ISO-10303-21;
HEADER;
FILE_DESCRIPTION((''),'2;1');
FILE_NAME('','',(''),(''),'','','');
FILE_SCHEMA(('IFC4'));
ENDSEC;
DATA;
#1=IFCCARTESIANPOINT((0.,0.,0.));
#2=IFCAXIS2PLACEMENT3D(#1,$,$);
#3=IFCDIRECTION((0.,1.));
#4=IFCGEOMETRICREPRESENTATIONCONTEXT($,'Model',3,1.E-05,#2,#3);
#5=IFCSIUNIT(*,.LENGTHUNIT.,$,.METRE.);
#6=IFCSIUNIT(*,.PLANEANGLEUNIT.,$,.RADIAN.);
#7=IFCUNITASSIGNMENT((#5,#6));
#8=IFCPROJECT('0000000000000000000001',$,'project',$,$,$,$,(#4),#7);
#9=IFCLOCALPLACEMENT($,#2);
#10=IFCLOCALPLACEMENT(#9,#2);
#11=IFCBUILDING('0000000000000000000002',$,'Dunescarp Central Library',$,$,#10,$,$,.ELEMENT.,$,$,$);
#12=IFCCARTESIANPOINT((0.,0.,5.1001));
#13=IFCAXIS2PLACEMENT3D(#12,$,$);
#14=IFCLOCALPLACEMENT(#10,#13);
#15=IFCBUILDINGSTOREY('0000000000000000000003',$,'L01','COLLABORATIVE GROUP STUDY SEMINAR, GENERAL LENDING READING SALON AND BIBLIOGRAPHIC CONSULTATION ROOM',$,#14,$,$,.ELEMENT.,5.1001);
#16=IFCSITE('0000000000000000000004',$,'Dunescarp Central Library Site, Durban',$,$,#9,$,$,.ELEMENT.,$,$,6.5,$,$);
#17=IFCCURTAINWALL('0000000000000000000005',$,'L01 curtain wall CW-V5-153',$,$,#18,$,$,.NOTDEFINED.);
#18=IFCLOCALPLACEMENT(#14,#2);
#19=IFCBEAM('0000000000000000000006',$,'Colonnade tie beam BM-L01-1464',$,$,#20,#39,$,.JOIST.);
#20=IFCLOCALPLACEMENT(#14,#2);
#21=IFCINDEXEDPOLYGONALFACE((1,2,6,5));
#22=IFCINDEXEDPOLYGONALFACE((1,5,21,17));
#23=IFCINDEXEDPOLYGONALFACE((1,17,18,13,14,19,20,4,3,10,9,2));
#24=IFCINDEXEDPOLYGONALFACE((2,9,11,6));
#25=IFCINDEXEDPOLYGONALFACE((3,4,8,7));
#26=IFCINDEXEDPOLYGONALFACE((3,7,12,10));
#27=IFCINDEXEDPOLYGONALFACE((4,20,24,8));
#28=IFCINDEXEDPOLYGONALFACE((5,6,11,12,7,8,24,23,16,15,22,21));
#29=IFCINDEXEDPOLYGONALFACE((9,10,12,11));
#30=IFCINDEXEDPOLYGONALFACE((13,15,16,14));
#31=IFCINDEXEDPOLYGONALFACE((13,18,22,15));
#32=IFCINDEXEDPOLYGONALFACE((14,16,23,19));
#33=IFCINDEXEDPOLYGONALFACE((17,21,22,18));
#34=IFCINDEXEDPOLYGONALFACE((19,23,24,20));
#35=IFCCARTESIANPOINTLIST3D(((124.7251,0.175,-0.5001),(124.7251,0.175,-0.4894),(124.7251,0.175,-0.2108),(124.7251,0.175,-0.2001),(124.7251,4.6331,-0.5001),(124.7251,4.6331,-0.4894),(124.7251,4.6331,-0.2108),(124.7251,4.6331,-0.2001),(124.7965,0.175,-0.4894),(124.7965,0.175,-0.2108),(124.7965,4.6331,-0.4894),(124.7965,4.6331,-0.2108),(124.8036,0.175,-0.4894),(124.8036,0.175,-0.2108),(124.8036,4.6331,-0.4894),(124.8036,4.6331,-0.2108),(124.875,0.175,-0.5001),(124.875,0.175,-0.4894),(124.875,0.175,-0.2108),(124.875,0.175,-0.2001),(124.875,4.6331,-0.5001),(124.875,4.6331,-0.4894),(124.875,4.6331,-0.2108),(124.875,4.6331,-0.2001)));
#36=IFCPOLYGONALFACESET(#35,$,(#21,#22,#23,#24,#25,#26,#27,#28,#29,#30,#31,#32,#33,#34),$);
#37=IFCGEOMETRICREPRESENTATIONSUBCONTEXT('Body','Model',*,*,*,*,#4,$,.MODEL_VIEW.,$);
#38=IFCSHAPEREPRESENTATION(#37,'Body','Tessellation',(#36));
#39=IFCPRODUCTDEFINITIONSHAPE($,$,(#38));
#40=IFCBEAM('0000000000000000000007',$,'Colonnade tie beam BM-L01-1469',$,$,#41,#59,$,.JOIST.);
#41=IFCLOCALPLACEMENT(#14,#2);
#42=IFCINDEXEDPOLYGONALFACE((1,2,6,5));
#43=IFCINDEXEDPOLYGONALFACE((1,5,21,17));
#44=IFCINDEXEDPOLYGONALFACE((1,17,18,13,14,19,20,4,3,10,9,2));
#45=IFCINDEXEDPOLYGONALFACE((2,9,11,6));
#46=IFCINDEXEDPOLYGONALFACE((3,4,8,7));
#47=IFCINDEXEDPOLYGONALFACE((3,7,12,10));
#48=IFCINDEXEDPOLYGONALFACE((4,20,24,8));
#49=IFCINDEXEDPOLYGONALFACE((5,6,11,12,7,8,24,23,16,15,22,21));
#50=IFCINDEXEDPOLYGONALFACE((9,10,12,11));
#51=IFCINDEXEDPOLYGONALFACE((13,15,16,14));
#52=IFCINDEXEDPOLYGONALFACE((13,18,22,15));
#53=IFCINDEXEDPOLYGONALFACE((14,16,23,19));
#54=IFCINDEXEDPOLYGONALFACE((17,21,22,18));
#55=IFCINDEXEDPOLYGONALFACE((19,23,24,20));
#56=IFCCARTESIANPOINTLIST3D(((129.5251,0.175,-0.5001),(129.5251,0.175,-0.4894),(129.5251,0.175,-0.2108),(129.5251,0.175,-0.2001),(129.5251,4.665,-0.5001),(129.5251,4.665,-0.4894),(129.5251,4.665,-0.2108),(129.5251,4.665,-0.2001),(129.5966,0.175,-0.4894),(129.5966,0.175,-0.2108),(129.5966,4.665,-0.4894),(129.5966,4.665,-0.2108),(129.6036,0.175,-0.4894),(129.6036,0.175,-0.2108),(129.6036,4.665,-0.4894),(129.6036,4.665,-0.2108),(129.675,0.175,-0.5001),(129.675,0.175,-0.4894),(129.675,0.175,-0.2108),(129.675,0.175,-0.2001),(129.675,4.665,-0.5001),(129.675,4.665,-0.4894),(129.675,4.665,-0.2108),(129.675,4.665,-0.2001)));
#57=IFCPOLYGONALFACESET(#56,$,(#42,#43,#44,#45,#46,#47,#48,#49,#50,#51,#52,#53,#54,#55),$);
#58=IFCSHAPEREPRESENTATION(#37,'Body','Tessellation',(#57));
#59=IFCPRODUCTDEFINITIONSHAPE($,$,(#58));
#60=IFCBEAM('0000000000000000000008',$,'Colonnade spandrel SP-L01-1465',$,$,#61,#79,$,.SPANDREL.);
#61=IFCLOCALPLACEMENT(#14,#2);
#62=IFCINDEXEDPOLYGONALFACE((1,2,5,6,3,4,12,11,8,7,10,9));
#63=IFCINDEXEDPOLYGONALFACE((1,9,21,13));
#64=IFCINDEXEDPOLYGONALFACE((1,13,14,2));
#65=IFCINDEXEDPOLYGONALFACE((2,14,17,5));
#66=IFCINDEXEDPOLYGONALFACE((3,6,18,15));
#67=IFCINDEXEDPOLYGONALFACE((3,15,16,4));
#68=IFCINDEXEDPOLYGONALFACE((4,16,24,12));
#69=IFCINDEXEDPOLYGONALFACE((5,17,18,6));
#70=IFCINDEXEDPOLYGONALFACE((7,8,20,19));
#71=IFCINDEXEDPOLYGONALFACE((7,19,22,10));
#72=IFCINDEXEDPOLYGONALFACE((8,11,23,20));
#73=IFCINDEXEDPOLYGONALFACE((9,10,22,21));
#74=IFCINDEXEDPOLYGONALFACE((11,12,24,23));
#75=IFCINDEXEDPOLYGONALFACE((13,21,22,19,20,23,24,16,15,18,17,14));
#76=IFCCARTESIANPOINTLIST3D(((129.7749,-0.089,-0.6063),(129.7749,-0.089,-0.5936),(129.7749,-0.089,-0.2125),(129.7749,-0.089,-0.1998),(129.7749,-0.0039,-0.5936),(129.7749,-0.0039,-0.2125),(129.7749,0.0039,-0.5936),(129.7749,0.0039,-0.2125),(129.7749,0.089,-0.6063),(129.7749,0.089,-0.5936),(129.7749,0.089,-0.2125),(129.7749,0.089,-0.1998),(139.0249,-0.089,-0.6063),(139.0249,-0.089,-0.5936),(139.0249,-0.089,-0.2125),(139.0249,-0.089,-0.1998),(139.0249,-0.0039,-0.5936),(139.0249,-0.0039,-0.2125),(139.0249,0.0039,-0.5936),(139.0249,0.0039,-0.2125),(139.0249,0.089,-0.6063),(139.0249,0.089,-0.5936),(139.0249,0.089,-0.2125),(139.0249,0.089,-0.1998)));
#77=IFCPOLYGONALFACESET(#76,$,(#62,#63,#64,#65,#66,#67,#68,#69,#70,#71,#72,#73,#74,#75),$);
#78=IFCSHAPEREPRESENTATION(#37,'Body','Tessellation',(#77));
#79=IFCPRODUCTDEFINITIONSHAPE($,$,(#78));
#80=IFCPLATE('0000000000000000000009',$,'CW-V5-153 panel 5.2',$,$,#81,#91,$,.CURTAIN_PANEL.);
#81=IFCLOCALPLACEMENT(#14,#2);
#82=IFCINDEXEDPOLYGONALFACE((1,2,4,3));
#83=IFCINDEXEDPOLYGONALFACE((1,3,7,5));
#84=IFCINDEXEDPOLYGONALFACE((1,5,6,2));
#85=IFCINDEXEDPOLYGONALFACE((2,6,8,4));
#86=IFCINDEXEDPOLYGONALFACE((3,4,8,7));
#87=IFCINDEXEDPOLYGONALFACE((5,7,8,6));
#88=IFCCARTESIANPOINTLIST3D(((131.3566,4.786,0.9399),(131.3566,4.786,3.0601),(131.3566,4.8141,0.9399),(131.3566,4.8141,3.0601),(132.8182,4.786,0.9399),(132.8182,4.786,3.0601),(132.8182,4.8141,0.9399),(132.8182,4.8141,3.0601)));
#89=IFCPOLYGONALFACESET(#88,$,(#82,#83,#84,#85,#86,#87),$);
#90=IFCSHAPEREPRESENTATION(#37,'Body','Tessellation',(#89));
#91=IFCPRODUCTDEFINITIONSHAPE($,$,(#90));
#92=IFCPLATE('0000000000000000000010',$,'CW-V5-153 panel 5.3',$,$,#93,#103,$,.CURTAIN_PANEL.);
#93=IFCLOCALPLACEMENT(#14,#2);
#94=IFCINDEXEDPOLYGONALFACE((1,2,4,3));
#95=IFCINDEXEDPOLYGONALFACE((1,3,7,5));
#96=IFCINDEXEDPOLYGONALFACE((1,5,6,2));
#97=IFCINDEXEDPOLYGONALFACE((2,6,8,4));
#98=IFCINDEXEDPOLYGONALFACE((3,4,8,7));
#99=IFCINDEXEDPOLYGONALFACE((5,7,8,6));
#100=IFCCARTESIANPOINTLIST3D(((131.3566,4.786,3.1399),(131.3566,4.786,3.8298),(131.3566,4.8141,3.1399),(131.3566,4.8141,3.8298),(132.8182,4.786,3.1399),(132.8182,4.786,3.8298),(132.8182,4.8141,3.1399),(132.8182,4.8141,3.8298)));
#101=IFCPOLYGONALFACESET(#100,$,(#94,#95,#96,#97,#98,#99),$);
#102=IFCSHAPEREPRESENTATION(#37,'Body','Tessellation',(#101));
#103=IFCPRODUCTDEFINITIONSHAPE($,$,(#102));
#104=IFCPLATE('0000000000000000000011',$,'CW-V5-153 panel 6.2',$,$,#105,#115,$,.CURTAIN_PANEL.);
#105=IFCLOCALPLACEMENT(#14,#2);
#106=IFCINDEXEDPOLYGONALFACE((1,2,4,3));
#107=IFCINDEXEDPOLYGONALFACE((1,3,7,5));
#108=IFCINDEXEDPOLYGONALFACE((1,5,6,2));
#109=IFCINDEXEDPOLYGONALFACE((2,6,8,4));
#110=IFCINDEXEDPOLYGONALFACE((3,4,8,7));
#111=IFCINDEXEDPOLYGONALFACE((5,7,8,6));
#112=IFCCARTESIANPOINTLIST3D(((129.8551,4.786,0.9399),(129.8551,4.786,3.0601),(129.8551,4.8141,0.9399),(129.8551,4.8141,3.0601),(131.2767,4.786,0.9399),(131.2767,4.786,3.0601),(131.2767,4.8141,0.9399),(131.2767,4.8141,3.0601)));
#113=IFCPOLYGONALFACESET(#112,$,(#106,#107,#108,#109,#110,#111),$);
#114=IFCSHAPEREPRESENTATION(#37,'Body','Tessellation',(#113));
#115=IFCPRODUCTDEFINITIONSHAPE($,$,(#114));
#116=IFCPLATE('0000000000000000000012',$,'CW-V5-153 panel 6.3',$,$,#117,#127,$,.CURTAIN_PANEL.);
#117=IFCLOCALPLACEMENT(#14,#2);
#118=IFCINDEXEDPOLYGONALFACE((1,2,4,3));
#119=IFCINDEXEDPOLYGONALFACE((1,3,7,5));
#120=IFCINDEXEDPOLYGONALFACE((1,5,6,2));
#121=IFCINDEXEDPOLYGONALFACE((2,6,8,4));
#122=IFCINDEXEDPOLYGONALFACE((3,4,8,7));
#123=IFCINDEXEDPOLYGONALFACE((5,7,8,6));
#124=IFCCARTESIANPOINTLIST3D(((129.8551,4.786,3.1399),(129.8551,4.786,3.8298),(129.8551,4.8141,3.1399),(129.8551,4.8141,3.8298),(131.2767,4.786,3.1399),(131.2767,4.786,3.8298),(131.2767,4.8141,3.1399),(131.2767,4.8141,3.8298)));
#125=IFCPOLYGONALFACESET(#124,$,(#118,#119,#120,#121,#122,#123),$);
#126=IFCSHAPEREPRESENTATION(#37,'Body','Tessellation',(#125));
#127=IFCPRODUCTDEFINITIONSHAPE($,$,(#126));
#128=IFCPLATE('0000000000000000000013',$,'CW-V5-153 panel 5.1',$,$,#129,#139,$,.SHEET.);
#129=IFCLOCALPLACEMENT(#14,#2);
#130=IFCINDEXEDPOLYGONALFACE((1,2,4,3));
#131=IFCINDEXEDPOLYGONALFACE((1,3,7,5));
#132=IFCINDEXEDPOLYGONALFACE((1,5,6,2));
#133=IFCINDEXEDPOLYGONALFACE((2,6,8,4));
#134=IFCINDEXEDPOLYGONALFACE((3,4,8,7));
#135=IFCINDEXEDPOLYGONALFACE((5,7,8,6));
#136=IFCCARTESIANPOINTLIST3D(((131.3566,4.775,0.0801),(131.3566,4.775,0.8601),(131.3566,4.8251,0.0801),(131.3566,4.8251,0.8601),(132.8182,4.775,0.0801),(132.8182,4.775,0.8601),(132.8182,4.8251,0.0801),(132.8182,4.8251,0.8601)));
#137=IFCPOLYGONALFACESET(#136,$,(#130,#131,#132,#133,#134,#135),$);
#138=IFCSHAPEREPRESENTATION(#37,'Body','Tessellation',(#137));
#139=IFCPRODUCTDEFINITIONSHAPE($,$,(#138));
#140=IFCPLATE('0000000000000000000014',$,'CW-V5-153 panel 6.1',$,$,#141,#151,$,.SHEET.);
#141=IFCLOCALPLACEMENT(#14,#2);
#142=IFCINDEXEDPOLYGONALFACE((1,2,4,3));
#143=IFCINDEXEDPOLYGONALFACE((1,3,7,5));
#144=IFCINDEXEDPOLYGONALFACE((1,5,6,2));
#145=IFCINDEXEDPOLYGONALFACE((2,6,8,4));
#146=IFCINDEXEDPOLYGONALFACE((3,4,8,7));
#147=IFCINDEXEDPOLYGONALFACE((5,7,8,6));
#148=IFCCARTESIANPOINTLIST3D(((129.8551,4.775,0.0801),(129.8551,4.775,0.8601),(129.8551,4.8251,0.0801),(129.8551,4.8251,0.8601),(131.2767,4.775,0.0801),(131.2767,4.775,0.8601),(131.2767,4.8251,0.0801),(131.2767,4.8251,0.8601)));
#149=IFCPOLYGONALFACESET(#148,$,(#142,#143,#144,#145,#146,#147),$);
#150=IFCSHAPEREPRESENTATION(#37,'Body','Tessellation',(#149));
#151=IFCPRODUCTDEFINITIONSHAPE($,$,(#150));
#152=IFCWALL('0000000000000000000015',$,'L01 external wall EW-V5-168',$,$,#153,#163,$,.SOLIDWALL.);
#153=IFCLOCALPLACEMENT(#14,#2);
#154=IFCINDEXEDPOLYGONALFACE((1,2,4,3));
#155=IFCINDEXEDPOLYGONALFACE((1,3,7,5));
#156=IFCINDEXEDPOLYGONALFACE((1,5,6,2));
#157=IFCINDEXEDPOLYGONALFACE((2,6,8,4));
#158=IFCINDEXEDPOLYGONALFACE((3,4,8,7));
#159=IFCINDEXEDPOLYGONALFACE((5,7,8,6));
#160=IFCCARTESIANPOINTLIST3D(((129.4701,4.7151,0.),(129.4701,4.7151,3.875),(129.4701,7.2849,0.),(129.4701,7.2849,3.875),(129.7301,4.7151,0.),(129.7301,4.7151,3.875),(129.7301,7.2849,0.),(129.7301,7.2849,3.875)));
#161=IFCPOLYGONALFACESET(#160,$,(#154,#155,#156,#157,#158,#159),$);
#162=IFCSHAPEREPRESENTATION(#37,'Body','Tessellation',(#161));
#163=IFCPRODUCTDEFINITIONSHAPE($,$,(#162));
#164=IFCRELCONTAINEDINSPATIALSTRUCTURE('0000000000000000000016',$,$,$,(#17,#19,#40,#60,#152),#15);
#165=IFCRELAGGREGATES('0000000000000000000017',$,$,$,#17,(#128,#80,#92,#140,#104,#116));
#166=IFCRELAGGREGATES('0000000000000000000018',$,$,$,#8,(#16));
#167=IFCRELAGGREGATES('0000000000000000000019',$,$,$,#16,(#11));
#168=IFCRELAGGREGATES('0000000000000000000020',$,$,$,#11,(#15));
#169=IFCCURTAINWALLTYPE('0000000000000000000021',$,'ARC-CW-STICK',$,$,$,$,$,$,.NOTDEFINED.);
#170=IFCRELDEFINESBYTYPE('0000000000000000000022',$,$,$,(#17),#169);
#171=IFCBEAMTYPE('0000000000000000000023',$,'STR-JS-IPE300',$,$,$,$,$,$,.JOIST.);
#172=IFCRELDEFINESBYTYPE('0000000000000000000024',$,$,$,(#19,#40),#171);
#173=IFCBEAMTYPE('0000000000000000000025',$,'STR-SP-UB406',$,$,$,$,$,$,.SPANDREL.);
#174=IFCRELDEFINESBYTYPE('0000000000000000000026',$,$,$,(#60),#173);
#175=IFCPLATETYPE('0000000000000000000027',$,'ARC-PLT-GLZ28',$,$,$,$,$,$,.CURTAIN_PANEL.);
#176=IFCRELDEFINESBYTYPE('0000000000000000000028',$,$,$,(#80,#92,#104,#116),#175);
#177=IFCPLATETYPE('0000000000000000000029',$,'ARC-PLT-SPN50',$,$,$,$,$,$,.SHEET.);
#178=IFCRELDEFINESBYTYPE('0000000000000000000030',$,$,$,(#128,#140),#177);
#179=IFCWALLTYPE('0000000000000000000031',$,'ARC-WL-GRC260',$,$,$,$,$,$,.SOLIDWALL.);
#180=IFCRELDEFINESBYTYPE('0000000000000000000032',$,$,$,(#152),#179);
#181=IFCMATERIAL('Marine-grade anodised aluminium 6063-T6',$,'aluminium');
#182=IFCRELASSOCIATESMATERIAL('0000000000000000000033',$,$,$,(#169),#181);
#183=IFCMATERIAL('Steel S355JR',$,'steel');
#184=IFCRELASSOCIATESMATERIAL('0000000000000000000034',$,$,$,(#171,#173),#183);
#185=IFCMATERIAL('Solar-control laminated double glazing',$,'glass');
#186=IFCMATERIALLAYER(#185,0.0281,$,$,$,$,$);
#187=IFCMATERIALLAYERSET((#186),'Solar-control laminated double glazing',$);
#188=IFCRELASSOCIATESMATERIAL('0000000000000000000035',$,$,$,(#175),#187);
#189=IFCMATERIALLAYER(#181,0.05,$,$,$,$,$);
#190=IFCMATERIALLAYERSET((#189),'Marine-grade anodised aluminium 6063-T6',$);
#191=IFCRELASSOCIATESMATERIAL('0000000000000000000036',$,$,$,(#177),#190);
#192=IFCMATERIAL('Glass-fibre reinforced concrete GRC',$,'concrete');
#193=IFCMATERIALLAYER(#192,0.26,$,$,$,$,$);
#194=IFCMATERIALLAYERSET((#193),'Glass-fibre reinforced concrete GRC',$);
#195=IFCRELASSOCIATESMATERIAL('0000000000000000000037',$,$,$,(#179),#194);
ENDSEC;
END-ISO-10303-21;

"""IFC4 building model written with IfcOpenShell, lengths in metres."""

from ifc_helpers import new_model, si_unit, direction, frame, frame_2d, origin, origin_2d, place, context, subcontext, project, spatial, rectangle, i_section, extrude, material, layer, layer_set, material_profile, profile_set, type_object, element, aggregate, save


model = new_model("IFC4")

# Units and contexts
model_context = context("Model", 3, precision=1e-05, world=origin(), true_north=direction((0.0, 1.0)))
body_context = subcontext(model_context, "Body", "Model", "MODEL_VIEW")
ifc_project = project(units=[si_unit("LENGTHUNIT", "METRE"), si_unit("PLANEANGLEUNIT", "RADIAN")], contexts=[model_context])

# Site, building, storey
site_placement = place(None, origin())
site = spatial("IfcSite", under=ifc_project, at=site_placement, Name="Dunescarp Central Library Site, Durban", CompositionType="ELEMENT", RefElevation=6.5)
building_placement = place(site_placement, origin())
building = spatial("IfcBuilding", under=site, at=building_placement, Name="Dunescarp Central Library", CompositionType="ELEMENT")
storey_placement = place(building_placement, frame((0.0, 0.0, 5.1001)))
storey = spatial("IfcBuildingStorey", under=building, at=storey_placement, Name="L01", Description="COLLABORATIVE GROUP STUDY SEMINAR, GENERAL LENDING READING SALON AND BIBLIOGRAPHIC CONSULTATION ROOM", CompositionType="ELEMENT", Elevation=5.1001)

# Shared definitions
ifc_material_1 = material(Name="Steel S355JR", Category="steel")

# Curtain wall
ifc_material_2 = material(Name="Marine-grade anodised aluminium 6063-T6", Category="aluminium")
curtain_wall_type = type_object("IfcCurtainWallType", Name="ARC-CW-STICK", PredefinedType="NOTDEFINED", material=ifc_material_2)
curtain_wall_placement = place(storey_placement, origin())
curtain_wall = element("IfcCurtainWall", 1, at=curtain_wall_placement, inside=storey, type_object=curtain_wall_type, Name="L01 curtain wall CW-V5-153", PredefinedType="NOTDEFINED")

# Beams
ifc_material_profile_1 = material_profile(ifc_material_1, i_section(OverallWidth=0.1499, OverallDepth=0.3, WebThickness=0.0071, FlangeThickness=0.0107, at=origin_2d()), Name="IPE 300")
ifc_profile_set_1 = profile_set([ifc_material_profile_1], Name="Steel S355JR")
beam_type_1 = type_object("IfcBeamType", Name="STR-JS-IPE300", PredefinedType="JOIST", material=ifc_profile_set_1)
beam_1_placement = place(storey_placement, frame((124.8, 0.175, -0.3501), z_axis=(0.0, 1.0, 0.0), x_axis=(-1.0, 0.0, 0.0)))
element("IfcBeam", 2, at=beam_1_placement, inside=storey, type_object=beam_type_1, Name="Colonnade tie beam BM-L01-1464", PredefinedType="JOIST", context=body_context, shape_type="SweptSolid", body=[
    extrude(i_section(OverallWidth=0.1499, OverallDepth=0.3, WebThickness=0.0071, FlangeThickness=0.0107, at=origin_2d()), origin(), (0.0, 0.0, 1.0), 4.458),
])
beam_2_placement = place(storey_placement, frame((129.6001, 0.175, -0.3501), z_axis=(0.0, 1.0, 0.0), x_axis=(-1.0, 0.0, 0.0)))
element("IfcBeam", 3, at=beam_2_placement, inside=storey, type_object=beam_type_1, Name="Colonnade tie beam BM-L01-1469", PredefinedType="JOIST", context=body_context, shape_type="SweptSolid", body=[
    extrude(i_section(OverallWidth=0.1499, OverallDepth=0.3, WebThickness=0.0071, FlangeThickness=0.0107, at=origin_2d()), origin(), (0.0, 0.0, 1.0), 4.49),
])
ifc_material_profile_2 = material_profile(ifc_material_1, i_section(OverallWidth=0.178, OverallDepth=0.4065, WebThickness=0.0078, FlangeThickness=0.0127, at=origin_2d()), Name="UB 406x178x60")
ifc_profile_set_2 = profile_set([ifc_material_profile_2], Name="Steel S355JR")
beam_type_2 = type_object("IfcBeamType", Name="STR-SP-UB406", PredefinedType="SPANDREL", material=ifc_profile_set_2)
beam_3_placement = place(storey_placement, frame((129.7749, 0.0, -0.4031), z_axis=(1.0, 0.0, 0.0), x_axis=(0.0, 1.0, 0.0)))
element("IfcBeam", 4, at=beam_3_placement, inside=storey, type_object=beam_type_2, Name="Colonnade spandrel SP-L01-1465", PredefinedType="SPANDREL", context=body_context, shape_type="SweptSolid", body=[
    extrude(i_section(OverallWidth=0.178, OverallDepth=0.4065, WebThickness=0.0078, FlangeThickness=0.0127, at=origin_2d()), origin(), (0.0, 0.0, 1.0), 9.25),
])

# Plates
ifc_material_3 = material(Name="Solar-control laminated double glazing", Category="glass")
ifc_layer_1 = layer(ifc_material_3, 0.0281)
ifc_layer_set_1 = layer_set([ifc_layer_1], Name="Solar-control laminated double glazing")
plate_type_1 = type_object("IfcPlateType", Name="ARC-PLT-GLZ28", PredefinedType="CURTAIN_PANEL", material=ifc_layer_set_1)
plate_1_placement = place(storey_placement, frame((132.0874, 4.8, 0.9399), z_axis=(0.0, 0.0, 1.0), x_axis=(-1.0, 0.0, 0.0)))
plate_1 = element("IfcPlate", 5, at=plate_1_placement, type_object=plate_type_1, Name="CW-V5-153 panel 5.2", PredefinedType="CURTAIN_PANEL", context=body_context, shape_type="SweptSolid", body=[
    extrude(rectangle(XDim=1.4617, YDim=0.0281, at=origin_2d()), origin(), (0.0, 0.0, 1.0), 2.1201),
])
plate_2_placement = place(storey_placement, frame((132.0874, 4.8, 3.1399), z_axis=(0.0, 0.0, 1.0), x_axis=(-1.0, 0.0, 0.0)))
plate_2 = element("IfcPlate", 6, at=plate_2_placement, type_object=plate_type_1, Name="CW-V5-153 panel 5.3", PredefinedType="CURTAIN_PANEL", context=body_context, shape_type="SweptSolid", body=[
    extrude(rectangle(XDim=1.4617, YDim=0.0281, at=origin_2d()), origin(), (0.0, 0.0, 1.0), 0.6899),
])
plate_3_placement = place(storey_placement, frame((130.5659, 4.8, 0.9399), z_axis=(0.0, 0.0, 1.0), x_axis=(-1.0, 0.0, 0.0)))
plate_3 = element("IfcPlate", 7, at=plate_3_placement, type_object=plate_type_1, Name="CW-V5-153 panel 6.2", PredefinedType="CURTAIN_PANEL", context=body_context, shape_type="SweptSolid", body=[
    extrude(rectangle(XDim=1.4216, YDim=0.0281, at=origin_2d()), origin(), (0.0, 0.0, 1.0), 2.1201),
])
plate_4_placement = place(storey_placement, frame((130.5659, 4.8, 3.1399), z_axis=(0.0, 0.0, 1.0), x_axis=(-1.0, 0.0, 0.0)))
plate_4 = element("IfcPlate", 8, at=plate_4_placement, type_object=plate_type_1, Name="CW-V5-153 panel 6.3", PredefinedType="CURTAIN_PANEL", context=body_context, shape_type="SweptSolid", body=[
    extrude(rectangle(XDim=1.4216, YDim=0.0281, at=origin_2d()), origin(), (0.0, 0.0, 1.0), 0.6899),
])
ifc_layer_2 = layer(ifc_material_2, 0.05)
ifc_layer_set_2 = layer_set([ifc_layer_2], Name="Marine-grade anodised aluminium 6063-T6")
plate_type_2 = type_object("IfcPlateType", Name="ARC-PLT-SPN50", PredefinedType="SHEET", material=ifc_layer_set_2)
plate_5_placement = place(storey_placement, frame((132.0874, 4.8, 0.0801), z_axis=(0.0, 0.0, 1.0), x_axis=(-1.0, 0.0, 0.0)))
plate_5 = element("IfcPlate", 9, at=plate_5_placement, type_object=plate_type_2, Name="CW-V5-153 panel 5.1", PredefinedType="SHEET", context=body_context, shape_type="SweptSolid", body=[
    extrude(rectangle(XDim=1.4617, YDim=0.05, at=origin_2d()), origin(), (0.0, 0.0, 1.0), 0.78),
])
plate_6_placement = place(storey_placement, frame((130.5659, 4.8, 0.0801), z_axis=(0.0, 0.0, 1.0), x_axis=(-1.0, 0.0, 0.0)))
plate_6 = element("IfcPlate", 10, at=plate_6_placement, type_object=plate_type_2, Name="CW-V5-153 panel 6.1", PredefinedType="SHEET", context=body_context, shape_type="SweptSolid", body=[
    extrude(rectangle(XDim=1.4216, YDim=0.05, at=origin_2d()), origin(), (0.0, 0.0, 1.0), 0.78),
])
aggregate(curtain_wall, [plate_5, plate_1, plate_2, plate_6, plate_3, plate_4])

# Wall
ifc_material_4 = material(Name="Glass-fibre reinforced concrete GRC", Category="concrete")
ifc_layer_3 = layer(ifc_material_4, 0.26)
ifc_layer_set_3 = layer_set([ifc_layer_3], Name="Glass-fibre reinforced concrete GRC")
wall_type_1 = type_object("IfcWallType", Name="ARC-WL-GRC260", PredefinedType="SOLIDWALL", material=ifc_layer_set_3)
wall_1_placement = place(storey_placement, frame((129.6001, 4.7151, 0.0), z_axis=(0.0, 0.0, 1.0), x_axis=(0.0, 1.0, 0.0)))
element("IfcWall", 11, at=wall_1_placement, inside=storey, type_object=wall_type_1, Name="L01 external wall EW-V5-168", PredefinedType="SOLIDWALL", context=body_context, shape_type="SweptSolid", body=[
    extrude(rectangle(XDim=2.5698, YDim=0.26, at=frame_2d((1.2849, 0.0))), origin(), (0.0, 0.0, 1.0), 3.875),
])

save(model, "model.ifc")
